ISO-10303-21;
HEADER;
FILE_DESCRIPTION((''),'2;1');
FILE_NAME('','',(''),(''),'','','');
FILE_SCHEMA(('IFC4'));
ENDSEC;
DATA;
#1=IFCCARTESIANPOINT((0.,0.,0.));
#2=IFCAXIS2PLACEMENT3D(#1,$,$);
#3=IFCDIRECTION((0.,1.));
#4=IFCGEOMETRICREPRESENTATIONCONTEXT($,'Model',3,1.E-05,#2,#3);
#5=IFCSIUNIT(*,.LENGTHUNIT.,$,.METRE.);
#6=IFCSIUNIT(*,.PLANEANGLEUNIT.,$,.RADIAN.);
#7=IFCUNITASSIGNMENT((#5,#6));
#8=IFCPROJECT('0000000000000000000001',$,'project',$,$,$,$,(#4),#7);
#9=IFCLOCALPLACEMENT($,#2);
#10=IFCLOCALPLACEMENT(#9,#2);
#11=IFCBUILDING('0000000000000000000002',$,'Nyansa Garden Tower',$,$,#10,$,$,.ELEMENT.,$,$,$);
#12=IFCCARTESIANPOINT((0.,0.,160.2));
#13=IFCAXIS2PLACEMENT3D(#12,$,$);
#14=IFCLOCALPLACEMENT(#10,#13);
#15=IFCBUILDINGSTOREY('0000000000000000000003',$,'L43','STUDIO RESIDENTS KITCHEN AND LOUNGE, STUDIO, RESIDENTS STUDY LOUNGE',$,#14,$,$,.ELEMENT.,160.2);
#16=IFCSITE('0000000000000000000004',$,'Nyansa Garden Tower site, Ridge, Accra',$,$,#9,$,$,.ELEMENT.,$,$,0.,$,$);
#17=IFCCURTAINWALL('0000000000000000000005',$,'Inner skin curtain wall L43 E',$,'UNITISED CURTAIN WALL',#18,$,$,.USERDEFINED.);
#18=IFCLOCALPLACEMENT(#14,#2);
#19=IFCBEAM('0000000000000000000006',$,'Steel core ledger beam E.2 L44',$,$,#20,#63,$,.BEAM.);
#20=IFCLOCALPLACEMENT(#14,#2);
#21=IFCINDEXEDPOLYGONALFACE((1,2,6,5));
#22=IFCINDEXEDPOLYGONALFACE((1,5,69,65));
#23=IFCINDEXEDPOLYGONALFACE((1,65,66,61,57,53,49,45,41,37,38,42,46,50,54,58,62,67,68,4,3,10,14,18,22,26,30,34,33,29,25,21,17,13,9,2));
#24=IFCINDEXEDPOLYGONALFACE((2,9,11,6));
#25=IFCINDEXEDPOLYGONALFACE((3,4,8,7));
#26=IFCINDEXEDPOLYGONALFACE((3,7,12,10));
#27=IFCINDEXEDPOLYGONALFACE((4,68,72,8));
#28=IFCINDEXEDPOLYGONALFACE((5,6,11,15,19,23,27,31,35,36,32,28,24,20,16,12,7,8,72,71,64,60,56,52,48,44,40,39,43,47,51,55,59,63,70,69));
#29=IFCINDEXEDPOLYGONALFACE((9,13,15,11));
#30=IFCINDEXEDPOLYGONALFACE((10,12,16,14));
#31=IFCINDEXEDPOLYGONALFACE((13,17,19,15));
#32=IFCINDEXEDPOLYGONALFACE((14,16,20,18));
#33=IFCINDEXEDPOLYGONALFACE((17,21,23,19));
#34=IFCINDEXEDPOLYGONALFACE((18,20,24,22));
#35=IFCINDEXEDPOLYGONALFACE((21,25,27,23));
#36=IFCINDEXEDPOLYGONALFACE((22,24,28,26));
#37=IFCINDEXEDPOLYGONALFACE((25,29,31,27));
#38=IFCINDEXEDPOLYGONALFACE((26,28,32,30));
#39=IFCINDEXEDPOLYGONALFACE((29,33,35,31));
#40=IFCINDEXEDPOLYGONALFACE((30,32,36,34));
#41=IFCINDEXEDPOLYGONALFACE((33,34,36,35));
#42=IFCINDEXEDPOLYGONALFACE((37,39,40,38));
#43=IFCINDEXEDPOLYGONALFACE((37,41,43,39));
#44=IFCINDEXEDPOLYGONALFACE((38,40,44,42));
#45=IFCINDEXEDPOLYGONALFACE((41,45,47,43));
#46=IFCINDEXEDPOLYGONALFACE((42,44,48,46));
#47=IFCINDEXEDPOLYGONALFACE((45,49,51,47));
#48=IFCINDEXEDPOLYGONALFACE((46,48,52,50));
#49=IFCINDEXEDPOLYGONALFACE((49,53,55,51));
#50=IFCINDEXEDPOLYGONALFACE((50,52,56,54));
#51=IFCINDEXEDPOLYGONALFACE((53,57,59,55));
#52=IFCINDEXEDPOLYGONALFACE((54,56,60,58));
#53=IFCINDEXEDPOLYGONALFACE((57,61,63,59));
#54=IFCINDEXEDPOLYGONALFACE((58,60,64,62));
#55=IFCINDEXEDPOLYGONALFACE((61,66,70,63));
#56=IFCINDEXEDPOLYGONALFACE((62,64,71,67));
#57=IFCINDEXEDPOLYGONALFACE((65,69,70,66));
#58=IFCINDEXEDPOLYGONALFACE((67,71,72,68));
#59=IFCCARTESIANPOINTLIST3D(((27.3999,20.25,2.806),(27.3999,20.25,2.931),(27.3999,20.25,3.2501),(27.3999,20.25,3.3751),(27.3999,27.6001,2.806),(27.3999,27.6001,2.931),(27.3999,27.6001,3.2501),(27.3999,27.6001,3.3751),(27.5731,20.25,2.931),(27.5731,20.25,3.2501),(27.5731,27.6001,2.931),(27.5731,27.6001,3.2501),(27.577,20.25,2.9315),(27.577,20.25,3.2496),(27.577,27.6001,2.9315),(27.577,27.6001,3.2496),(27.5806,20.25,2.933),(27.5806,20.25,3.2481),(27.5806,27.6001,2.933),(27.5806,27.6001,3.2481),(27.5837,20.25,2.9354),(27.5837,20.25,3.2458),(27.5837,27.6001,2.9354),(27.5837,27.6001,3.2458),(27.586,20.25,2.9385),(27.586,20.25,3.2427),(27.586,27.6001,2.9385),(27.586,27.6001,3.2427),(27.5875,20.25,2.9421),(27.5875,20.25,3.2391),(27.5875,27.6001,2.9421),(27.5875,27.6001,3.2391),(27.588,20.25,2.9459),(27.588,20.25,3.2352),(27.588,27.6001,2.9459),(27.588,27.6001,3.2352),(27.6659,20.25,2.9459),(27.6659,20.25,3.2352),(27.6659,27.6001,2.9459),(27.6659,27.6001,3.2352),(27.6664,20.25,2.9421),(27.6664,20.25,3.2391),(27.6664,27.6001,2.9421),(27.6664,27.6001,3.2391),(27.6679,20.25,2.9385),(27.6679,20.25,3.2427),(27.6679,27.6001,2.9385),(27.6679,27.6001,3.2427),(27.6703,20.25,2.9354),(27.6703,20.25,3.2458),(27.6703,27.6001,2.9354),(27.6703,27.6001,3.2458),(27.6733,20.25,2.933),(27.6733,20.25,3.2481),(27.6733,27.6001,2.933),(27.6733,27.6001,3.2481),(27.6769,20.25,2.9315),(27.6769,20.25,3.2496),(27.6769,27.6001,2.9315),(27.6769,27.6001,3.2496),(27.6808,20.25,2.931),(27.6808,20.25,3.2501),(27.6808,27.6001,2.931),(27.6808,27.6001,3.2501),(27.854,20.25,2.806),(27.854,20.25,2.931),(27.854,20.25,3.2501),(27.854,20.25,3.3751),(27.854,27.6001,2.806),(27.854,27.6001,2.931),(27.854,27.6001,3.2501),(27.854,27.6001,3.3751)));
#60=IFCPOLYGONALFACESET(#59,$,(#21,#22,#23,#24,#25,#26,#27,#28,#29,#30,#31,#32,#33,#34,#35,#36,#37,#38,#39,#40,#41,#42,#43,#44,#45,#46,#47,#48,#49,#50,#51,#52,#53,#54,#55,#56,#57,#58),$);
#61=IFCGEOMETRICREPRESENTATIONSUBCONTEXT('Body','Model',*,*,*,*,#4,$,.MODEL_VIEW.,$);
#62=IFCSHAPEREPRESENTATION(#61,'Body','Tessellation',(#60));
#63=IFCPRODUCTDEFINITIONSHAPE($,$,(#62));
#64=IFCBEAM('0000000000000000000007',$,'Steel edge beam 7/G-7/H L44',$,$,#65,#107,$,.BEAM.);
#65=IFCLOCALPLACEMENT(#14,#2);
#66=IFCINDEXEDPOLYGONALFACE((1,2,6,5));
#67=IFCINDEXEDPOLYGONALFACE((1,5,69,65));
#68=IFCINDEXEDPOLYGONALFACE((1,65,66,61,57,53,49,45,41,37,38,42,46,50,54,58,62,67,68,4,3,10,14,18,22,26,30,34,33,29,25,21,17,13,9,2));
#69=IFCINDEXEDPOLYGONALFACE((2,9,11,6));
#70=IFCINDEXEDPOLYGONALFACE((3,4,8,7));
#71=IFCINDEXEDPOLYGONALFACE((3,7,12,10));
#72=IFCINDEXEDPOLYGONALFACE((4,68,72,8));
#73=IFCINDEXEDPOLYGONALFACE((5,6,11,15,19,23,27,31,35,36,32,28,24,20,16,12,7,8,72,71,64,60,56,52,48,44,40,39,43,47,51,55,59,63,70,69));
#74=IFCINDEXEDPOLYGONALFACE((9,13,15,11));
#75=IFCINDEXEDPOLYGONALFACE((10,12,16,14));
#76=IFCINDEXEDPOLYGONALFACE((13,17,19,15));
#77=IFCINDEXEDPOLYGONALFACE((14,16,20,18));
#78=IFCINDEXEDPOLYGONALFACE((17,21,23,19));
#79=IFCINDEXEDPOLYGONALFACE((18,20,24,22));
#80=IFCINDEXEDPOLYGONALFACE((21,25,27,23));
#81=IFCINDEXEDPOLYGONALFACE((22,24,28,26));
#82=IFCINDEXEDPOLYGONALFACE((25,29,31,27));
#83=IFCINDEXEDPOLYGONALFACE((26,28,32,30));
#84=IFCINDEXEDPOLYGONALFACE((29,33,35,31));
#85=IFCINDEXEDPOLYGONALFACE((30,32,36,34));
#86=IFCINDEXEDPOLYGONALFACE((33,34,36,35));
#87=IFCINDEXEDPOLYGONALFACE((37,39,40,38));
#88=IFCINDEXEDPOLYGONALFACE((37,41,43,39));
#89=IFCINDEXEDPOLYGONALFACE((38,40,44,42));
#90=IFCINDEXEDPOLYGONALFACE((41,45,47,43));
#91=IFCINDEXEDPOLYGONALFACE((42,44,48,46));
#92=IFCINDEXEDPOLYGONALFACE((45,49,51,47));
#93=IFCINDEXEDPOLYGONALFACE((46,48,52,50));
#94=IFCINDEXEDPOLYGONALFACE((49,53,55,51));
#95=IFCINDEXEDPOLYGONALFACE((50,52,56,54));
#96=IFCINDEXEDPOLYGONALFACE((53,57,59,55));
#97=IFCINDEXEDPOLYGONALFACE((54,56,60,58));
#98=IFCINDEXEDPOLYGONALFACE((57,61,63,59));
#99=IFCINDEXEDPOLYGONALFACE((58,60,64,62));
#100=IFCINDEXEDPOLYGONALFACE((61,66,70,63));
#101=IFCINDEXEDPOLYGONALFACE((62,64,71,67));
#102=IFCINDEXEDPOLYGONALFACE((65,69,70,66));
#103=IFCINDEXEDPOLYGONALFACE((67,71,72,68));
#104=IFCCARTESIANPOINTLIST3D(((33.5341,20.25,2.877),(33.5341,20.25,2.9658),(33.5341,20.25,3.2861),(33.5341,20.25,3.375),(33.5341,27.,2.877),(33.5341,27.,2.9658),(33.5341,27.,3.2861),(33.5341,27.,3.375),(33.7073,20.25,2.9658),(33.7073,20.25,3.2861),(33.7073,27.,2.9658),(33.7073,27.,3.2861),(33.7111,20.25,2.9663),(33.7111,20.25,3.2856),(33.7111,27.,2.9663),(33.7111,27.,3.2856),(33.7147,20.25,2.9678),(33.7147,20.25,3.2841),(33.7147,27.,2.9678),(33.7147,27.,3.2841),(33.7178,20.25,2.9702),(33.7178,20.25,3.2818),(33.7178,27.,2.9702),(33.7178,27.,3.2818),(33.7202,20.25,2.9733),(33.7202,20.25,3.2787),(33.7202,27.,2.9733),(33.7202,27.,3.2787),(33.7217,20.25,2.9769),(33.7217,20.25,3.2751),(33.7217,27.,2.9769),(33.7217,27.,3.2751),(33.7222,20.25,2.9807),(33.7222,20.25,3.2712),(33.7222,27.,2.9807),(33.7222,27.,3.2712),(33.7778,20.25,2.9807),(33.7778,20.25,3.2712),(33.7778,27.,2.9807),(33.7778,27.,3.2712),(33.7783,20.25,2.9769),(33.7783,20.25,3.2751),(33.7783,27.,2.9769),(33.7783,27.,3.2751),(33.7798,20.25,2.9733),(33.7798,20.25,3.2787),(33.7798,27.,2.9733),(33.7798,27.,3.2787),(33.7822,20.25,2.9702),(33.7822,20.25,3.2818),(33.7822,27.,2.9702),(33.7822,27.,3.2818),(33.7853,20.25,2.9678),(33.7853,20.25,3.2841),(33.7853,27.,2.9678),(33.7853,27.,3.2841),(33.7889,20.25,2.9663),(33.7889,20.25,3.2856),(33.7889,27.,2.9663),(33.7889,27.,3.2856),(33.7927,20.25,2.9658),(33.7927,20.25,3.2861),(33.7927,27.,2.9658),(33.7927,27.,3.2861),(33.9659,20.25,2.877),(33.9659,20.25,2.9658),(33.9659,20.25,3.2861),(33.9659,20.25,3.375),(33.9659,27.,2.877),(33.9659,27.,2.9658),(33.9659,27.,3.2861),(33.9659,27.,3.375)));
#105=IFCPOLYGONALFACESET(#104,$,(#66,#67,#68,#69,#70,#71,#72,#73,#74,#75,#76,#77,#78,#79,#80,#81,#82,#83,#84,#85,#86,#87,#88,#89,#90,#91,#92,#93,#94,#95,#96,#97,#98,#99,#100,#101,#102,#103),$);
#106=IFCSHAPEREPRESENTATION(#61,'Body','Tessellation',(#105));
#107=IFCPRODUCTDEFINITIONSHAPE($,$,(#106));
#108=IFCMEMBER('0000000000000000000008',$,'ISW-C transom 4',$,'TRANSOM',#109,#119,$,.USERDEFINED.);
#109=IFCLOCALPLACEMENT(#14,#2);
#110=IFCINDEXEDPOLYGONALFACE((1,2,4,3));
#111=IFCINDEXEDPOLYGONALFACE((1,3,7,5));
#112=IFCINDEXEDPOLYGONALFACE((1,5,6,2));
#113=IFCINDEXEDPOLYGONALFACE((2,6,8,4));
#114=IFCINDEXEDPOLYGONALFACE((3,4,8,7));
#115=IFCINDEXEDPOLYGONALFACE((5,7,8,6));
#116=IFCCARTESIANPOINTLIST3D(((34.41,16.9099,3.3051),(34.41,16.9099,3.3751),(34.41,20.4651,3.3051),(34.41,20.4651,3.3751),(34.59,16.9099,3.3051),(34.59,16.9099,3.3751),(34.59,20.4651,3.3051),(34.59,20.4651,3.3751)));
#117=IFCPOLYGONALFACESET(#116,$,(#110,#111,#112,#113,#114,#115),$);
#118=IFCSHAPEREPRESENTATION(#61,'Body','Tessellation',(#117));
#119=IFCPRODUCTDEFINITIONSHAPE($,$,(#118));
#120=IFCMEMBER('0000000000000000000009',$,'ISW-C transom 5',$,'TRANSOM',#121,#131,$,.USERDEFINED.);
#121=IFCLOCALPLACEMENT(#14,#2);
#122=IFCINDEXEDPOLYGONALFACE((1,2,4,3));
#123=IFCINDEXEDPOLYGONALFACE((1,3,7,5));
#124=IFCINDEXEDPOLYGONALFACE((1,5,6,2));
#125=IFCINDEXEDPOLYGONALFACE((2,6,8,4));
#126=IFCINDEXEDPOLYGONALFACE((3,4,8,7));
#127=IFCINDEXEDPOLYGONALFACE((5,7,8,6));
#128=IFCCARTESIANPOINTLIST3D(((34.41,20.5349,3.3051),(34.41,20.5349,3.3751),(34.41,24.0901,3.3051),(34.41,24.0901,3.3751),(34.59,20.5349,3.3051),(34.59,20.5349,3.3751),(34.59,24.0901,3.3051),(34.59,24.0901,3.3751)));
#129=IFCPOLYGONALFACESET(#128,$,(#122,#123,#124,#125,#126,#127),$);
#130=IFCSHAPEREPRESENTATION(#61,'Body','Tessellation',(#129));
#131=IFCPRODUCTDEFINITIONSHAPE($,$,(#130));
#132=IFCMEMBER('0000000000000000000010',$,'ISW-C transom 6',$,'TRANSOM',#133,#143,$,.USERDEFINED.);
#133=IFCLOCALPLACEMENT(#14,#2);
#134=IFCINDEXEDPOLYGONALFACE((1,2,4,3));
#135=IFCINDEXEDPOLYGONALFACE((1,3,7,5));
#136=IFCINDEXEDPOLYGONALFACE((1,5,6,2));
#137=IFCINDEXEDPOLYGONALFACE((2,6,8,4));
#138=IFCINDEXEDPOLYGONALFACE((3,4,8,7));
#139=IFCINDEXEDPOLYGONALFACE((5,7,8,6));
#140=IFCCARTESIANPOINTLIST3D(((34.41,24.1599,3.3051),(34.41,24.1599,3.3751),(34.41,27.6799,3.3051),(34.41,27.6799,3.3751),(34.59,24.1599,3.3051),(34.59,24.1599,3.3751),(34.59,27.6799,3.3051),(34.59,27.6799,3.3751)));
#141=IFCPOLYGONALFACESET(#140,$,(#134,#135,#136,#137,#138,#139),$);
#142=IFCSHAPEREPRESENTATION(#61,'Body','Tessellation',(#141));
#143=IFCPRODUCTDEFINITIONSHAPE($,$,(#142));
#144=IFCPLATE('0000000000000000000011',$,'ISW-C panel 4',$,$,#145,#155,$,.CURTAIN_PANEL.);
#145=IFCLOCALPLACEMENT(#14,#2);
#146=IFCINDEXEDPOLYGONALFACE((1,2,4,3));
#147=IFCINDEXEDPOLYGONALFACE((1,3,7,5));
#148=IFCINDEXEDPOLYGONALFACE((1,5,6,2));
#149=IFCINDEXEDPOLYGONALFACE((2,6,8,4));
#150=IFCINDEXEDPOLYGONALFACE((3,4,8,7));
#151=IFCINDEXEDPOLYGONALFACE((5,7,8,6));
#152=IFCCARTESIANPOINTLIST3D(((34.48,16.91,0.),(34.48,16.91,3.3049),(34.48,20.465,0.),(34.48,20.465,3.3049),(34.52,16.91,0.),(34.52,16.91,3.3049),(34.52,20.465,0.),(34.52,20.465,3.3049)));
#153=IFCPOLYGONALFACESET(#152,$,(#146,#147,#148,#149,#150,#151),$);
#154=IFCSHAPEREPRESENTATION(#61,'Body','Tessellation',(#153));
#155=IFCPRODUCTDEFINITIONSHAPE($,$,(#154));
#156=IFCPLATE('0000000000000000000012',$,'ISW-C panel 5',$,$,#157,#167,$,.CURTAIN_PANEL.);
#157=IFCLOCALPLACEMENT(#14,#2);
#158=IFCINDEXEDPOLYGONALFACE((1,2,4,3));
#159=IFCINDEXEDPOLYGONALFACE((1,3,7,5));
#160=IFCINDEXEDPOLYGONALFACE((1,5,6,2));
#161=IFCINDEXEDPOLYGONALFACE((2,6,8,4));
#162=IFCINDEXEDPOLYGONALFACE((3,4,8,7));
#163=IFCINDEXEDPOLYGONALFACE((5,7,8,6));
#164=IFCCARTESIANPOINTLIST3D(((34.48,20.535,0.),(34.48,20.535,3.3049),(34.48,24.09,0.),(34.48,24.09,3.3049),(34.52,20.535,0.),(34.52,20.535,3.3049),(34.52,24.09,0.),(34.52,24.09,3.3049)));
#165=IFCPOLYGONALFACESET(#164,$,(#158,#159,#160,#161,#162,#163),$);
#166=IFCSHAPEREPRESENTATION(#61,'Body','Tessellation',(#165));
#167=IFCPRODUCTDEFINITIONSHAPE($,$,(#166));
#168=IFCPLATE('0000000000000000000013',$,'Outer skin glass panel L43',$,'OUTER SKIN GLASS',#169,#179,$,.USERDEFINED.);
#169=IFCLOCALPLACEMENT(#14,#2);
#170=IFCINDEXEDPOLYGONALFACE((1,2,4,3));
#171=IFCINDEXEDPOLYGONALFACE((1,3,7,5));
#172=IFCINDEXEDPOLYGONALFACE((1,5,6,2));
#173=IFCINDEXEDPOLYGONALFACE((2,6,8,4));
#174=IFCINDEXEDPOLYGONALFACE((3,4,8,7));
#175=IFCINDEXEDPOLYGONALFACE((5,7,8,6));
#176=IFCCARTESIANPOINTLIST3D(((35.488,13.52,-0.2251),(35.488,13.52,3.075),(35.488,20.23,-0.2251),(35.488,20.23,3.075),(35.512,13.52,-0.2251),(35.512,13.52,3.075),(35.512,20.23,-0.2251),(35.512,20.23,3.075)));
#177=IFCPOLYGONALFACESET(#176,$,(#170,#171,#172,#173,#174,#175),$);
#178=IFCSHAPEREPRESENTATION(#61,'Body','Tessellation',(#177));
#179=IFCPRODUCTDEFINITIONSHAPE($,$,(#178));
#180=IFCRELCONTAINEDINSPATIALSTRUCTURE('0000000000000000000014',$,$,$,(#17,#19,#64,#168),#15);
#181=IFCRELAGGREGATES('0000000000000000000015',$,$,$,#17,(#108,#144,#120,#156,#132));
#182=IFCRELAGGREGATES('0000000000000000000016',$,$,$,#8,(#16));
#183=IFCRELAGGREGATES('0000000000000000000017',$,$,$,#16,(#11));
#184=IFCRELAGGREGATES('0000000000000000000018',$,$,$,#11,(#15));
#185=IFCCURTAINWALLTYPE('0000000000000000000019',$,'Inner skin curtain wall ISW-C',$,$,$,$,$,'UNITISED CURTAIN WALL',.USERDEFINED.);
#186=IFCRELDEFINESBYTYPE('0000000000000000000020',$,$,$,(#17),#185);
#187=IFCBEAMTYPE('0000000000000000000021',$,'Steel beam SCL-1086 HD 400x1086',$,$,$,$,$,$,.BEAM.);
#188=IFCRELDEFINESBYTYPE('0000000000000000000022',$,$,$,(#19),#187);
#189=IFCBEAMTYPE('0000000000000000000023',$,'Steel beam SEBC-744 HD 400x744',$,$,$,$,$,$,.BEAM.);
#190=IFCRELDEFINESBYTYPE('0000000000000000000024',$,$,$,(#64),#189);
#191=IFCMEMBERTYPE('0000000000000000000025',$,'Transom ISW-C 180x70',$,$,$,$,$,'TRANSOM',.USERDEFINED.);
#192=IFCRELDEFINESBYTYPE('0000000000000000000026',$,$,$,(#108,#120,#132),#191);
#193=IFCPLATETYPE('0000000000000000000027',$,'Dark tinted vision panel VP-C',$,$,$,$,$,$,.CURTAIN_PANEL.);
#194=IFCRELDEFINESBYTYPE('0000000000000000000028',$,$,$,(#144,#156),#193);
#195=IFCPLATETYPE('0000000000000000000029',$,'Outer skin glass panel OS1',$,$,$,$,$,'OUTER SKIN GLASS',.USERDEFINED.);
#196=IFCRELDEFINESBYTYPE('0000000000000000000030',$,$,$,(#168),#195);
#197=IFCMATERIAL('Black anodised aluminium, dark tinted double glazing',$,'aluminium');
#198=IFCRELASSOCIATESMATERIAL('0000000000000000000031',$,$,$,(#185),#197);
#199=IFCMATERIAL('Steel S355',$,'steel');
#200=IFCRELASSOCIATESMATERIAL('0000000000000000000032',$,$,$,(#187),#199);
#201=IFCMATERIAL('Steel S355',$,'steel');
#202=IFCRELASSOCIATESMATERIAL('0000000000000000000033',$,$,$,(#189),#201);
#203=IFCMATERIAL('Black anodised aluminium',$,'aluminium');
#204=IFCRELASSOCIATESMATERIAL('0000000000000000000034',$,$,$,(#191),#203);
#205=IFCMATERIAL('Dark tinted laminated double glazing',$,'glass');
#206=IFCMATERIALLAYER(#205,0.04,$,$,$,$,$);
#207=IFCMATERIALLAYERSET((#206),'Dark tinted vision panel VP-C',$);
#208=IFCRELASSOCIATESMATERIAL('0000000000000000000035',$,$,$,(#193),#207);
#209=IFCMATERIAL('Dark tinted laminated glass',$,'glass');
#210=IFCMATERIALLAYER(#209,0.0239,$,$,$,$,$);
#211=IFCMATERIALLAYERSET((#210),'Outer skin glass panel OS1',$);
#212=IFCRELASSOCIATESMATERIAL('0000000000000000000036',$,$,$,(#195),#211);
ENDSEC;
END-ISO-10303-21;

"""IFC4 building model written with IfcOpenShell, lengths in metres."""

from ifc_helpers import new_model, si_unit, direction, frame, origin, origin_2d, place, context, subcontext, project, spatial, rectangle, i_section, extrude, material, layer, layer_set, material_profile, profile_set, type_object, element, aggregate, save


model = new_model("IFC4")

# Units and contexts
model_context = context("Model", 3, precision=1e-05, world=origin(), true_north=direction((0.0, 1.0)))
body_context = subcontext(model_context, "Body", "Model", "MODEL_VIEW")
ifc_project = project(units=[si_unit("LENGTHUNIT", "METRE"), si_unit("PLANEANGLEUNIT", "RADIAN")], contexts=[model_context])

# Site, building, storey
site_placement = place(None, origin())
site = spatial("IfcSite", under=ifc_project, at=site_placement, Name="Nyansa Garden Tower site, Ridge, Accra", CompositionType="ELEMENT", RefElevation=0.0)
building_placement = place(site_placement, origin())
building = spatial("IfcBuilding", under=site, at=building_placement, Name="Nyansa Garden Tower", CompositionType="ELEMENT")
storey_placement = place(building_placement, frame((0.0, 0.0, 160.2)))
storey = spatial("IfcBuildingStorey", under=building, at=storey_placement, Name="L43", Description="STUDIO RESIDENTS KITCHEN AND LOUNGE, STUDIO, RESIDENTS STUDY LOUNGE", CompositionType="ELEMENT", Elevation=160.2)

# Curtain wall
ifc_material_1 = material(Name="Black anodised aluminium, dark tinted double glazing", Category="aluminium")
curtain_wall_type = type_object("IfcCurtainWallType", Name="Inner skin curtain wall ISW-C", ElementType="UNITISED CURTAIN WALL", PredefinedType="USERDEFINED", material=ifc_material_1)
curtain_wall_placement = place(storey_placement, origin())
curtain_wall = element("IfcCurtainWall", 1, at=curtain_wall_placement, inside=storey, type_object=curtain_wall_type, Name="Inner skin curtain wall L43 E", ObjectType="UNITISED CURTAIN WALL", PredefinedType="USERDEFINED")

# Beams
ifc_material_2 = material(Name="Steel S355", Category="steel")
ifc_material_profile_1 = material_profile(ifc_material_2, i_section(OverallWidth=0.4541, OverallDepth=0.5691, WebThickness=0.0779, FlangeThickness=0.125, FilletRadius=0.0149, at=origin_2d()), Name="HD 400x1086")
ifc_profile_set_1 = profile_set([ifc_material_profile_1], Name="Steel S355")
beam_type_1 = type_object("IfcBeamType", Name="Steel beam SCL-1086 HD 400x1086", PredefinedType="BEAM", material=ifc_profile_set_1)
beam_1_placement = place(storey_placement, frame((27.627, 20.25, 3.0906), z_axis=(0.0, 1.0, 0.0), x_axis=(-1.0, 0.0, 0.0)))
element("IfcBeam", 2, at=beam_1_placement, inside=storey, type_object=beam_type_1, Name="Steel core ledger beam E.2 L44", PredefinedType="BEAM", context=body_context, shape_type="SweptSolid", body=[
    extrude(i_section(OverallWidth=0.4541, OverallDepth=0.5691, WebThickness=0.0779, FlangeThickness=0.125, FilletRadius=0.0149, at=origin_2d()), origin(), (0.0, 0.0, 1.0), 7.3501),
])
ifc_material_3 = material(Name="Steel S355", Category="steel")
ifc_material_profile_2 = material_profile(ifc_material_3, i_section(OverallWidth=0.4319, OverallDepth=0.498, WebThickness=0.0557, FlangeThickness=0.0889, FilletRadius=0.0149, at=origin_2d()), Name="HD 400x744")
ifc_profile_set_2 = profile_set([ifc_material_profile_2], Name="Steel S355")
beam_type_2 = type_object("IfcBeamType", Name="Steel beam SEBC-744 HD 400x744", PredefinedType="BEAM", material=ifc_profile_set_2)
beam_2_placement = place(storey_placement, frame((33.75, 20.25, 3.126), z_axis=(0.0, 1.0, 0.0), x_axis=(-1.0, 0.0, 0.0)))
element("IfcBeam", 3, at=beam_2_placement, inside=storey, type_object=beam_type_2, Name="Steel edge beam 7/G-7/H L44", PredefinedType="BEAM", context=body_context, shape_type="SweptSolid", body=[
    extrude(i_section(OverallWidth=0.4319, OverallDepth=0.498, WebThickness=0.0557, FlangeThickness=0.0889, FilletRadius=0.0149, at=origin_2d()), origin(), (0.0, 0.0, 1.0), 6.75),
])

# Members
ifc_material_4 = material(Name="Black anodised aluminium", Category="aluminium")
ifc_material_profile_3 = material_profile(ifc_material_4, rectangle(XDim=0.1799, YDim=0.0701, at=origin_2d()), Name="Transom 180x70")
ifc_profile_set_3 = profile_set([ifc_material_profile_3], Name="Black anodised aluminium")
member_type_1 = type_object("IfcMemberType", Name="Transom ISW-C 180x70", ElementType="TRANSOM", PredefinedType="USERDEFINED", material=ifc_profile_set_3)
member_1_placement = place(storey_placement, frame((34.5, 16.9099, 3.3401), z_axis=(0.0, 1.0, 0.0), x_axis=(-1.0, 0.0, 0.0)))
member_1 = element("IfcMember", 4, at=member_1_placement, type_object=member_type_1, Name="ISW-C transom 4", ObjectType="TRANSOM", PredefinedType="USERDEFINED", context=body_context, shape_type="SweptSolid", body=[
    extrude(rectangle(XDim=0.1799, YDim=0.0701, at=origin_2d()), origin(), (0.0, 0.0, 1.0), 3.5552),
])
member_2_placement = place(storey_placement, frame((34.5, 20.5349, 3.3401), z_axis=(0.0, 1.0, 0.0), x_axis=(-1.0, 0.0, 0.0)))
member_2 = element("IfcMember", 5, at=member_2_placement, type_object=member_type_1, Name="ISW-C transom 5", ObjectType="TRANSOM", PredefinedType="USERDEFINED", context=body_context, shape_type="SweptSolid", body=[
    extrude(rectangle(XDim=0.1799, YDim=0.0701, at=origin_2d()), origin(), (0.0, 0.0, 1.0), 3.5552),
])
member_3_placement = place(storey_placement, frame((34.5, 24.1599, 3.3401), z_axis=(0.0, 1.0, 0.0), x_axis=(-1.0, 0.0, 0.0)))
member_3 = element("IfcMember", 6, at=member_3_placement, type_object=member_type_1, Name="ISW-C transom 6", ObjectType="TRANSOM", PredefinedType="USERDEFINED", context=body_context, shape_type="SweptSolid", body=[
    extrude(rectangle(XDim=0.1799, YDim=0.0701, at=origin_2d()), origin(), (0.0, 0.0, 1.0), 3.52),
])

# Plates
ifc_material_5 = material(Name="Dark tinted laminated double glazing", Category="glass")
ifc_layer_1 = layer(ifc_material_5, 0.04)
ifc_layer_set_1 = layer_set([ifc_layer_1], Name="Dark tinted vision panel VP-C")
plate_type_1 = type_object("IfcPlateType", Name="Dark tinted vision panel VP-C", PredefinedType="CURTAIN_PANEL", material=ifc_layer_set_1)
plate_1_placement = place(storey_placement, frame((34.5, 18.6875, 0.0), z_axis=(0.0, 0.0, 1.0), x_axis=(0.0, 1.0, 0.0)))
plate_1 = element("IfcPlate", 7, at=plate_1_placement, type_object=plate_type_1, Name="ISW-C panel 4", PredefinedType="CURTAIN_PANEL", context=body_context, shape_type="SweptSolid", body=[
    extrude(rectangle(XDim=3.5549, YDim=0.04, at=origin_2d()), origin(), (0.0, 0.0, 1.0), 3.3049),
])
plate_2_placement = place(storey_placement, frame((34.5, 22.3125, 0.0), z_axis=(0.0, 0.0, 1.0), x_axis=(0.0, 1.0, 0.0)))
plate_2 = element("IfcPlate", 8, at=plate_2_placement, type_object=plate_type_1, Name="ISW-C panel 5", PredefinedType="CURTAIN_PANEL", context=body_context, shape_type="SweptSolid", body=[
    extrude(rectangle(XDim=3.5549, YDim=0.04, at=origin_2d()), origin(), (0.0, 0.0, 1.0), 3.3049),
])
aggregate(curtain_wall, [member_1, plate_1, member_2, plate_2, member_3])
ifc_material_6 = material(Name="Dark tinted laminated glass", Category="glass")
ifc_layer_2 = layer(ifc_material_6, 0.0239)
ifc_layer_set_2 = layer_set([ifc_layer_2], Name="Outer skin glass panel OS1")
plate_type_2 = type_object("IfcPlateType", Name="Outer skin glass panel OS1", ElementType="OUTER SKIN GLASS", PredefinedType="USERDEFINED", material=ifc_layer_set_2)
plate_3_placement = place(storey_placement, frame((35.5, 16.875, -0.2251), z_axis=(0.0, 0.0, 1.0), x_axis=(0.0, 1.0, 0.0)))
element("IfcPlate", 9, at=plate_3_placement, inside=storey, type_object=plate_type_2, Name="Outer skin glass panel L43", ObjectType="OUTER SKIN GLASS", PredefinedType="USERDEFINED", context=body_context, shape_type="SweptSolid", body=[
    extrude(rectangle(XDim=6.71, YDim=0.0239, at=origin_2d()), origin(), (0.0, 0.0, 1.0), 3.3),
])

save(model, "model.ifc")
